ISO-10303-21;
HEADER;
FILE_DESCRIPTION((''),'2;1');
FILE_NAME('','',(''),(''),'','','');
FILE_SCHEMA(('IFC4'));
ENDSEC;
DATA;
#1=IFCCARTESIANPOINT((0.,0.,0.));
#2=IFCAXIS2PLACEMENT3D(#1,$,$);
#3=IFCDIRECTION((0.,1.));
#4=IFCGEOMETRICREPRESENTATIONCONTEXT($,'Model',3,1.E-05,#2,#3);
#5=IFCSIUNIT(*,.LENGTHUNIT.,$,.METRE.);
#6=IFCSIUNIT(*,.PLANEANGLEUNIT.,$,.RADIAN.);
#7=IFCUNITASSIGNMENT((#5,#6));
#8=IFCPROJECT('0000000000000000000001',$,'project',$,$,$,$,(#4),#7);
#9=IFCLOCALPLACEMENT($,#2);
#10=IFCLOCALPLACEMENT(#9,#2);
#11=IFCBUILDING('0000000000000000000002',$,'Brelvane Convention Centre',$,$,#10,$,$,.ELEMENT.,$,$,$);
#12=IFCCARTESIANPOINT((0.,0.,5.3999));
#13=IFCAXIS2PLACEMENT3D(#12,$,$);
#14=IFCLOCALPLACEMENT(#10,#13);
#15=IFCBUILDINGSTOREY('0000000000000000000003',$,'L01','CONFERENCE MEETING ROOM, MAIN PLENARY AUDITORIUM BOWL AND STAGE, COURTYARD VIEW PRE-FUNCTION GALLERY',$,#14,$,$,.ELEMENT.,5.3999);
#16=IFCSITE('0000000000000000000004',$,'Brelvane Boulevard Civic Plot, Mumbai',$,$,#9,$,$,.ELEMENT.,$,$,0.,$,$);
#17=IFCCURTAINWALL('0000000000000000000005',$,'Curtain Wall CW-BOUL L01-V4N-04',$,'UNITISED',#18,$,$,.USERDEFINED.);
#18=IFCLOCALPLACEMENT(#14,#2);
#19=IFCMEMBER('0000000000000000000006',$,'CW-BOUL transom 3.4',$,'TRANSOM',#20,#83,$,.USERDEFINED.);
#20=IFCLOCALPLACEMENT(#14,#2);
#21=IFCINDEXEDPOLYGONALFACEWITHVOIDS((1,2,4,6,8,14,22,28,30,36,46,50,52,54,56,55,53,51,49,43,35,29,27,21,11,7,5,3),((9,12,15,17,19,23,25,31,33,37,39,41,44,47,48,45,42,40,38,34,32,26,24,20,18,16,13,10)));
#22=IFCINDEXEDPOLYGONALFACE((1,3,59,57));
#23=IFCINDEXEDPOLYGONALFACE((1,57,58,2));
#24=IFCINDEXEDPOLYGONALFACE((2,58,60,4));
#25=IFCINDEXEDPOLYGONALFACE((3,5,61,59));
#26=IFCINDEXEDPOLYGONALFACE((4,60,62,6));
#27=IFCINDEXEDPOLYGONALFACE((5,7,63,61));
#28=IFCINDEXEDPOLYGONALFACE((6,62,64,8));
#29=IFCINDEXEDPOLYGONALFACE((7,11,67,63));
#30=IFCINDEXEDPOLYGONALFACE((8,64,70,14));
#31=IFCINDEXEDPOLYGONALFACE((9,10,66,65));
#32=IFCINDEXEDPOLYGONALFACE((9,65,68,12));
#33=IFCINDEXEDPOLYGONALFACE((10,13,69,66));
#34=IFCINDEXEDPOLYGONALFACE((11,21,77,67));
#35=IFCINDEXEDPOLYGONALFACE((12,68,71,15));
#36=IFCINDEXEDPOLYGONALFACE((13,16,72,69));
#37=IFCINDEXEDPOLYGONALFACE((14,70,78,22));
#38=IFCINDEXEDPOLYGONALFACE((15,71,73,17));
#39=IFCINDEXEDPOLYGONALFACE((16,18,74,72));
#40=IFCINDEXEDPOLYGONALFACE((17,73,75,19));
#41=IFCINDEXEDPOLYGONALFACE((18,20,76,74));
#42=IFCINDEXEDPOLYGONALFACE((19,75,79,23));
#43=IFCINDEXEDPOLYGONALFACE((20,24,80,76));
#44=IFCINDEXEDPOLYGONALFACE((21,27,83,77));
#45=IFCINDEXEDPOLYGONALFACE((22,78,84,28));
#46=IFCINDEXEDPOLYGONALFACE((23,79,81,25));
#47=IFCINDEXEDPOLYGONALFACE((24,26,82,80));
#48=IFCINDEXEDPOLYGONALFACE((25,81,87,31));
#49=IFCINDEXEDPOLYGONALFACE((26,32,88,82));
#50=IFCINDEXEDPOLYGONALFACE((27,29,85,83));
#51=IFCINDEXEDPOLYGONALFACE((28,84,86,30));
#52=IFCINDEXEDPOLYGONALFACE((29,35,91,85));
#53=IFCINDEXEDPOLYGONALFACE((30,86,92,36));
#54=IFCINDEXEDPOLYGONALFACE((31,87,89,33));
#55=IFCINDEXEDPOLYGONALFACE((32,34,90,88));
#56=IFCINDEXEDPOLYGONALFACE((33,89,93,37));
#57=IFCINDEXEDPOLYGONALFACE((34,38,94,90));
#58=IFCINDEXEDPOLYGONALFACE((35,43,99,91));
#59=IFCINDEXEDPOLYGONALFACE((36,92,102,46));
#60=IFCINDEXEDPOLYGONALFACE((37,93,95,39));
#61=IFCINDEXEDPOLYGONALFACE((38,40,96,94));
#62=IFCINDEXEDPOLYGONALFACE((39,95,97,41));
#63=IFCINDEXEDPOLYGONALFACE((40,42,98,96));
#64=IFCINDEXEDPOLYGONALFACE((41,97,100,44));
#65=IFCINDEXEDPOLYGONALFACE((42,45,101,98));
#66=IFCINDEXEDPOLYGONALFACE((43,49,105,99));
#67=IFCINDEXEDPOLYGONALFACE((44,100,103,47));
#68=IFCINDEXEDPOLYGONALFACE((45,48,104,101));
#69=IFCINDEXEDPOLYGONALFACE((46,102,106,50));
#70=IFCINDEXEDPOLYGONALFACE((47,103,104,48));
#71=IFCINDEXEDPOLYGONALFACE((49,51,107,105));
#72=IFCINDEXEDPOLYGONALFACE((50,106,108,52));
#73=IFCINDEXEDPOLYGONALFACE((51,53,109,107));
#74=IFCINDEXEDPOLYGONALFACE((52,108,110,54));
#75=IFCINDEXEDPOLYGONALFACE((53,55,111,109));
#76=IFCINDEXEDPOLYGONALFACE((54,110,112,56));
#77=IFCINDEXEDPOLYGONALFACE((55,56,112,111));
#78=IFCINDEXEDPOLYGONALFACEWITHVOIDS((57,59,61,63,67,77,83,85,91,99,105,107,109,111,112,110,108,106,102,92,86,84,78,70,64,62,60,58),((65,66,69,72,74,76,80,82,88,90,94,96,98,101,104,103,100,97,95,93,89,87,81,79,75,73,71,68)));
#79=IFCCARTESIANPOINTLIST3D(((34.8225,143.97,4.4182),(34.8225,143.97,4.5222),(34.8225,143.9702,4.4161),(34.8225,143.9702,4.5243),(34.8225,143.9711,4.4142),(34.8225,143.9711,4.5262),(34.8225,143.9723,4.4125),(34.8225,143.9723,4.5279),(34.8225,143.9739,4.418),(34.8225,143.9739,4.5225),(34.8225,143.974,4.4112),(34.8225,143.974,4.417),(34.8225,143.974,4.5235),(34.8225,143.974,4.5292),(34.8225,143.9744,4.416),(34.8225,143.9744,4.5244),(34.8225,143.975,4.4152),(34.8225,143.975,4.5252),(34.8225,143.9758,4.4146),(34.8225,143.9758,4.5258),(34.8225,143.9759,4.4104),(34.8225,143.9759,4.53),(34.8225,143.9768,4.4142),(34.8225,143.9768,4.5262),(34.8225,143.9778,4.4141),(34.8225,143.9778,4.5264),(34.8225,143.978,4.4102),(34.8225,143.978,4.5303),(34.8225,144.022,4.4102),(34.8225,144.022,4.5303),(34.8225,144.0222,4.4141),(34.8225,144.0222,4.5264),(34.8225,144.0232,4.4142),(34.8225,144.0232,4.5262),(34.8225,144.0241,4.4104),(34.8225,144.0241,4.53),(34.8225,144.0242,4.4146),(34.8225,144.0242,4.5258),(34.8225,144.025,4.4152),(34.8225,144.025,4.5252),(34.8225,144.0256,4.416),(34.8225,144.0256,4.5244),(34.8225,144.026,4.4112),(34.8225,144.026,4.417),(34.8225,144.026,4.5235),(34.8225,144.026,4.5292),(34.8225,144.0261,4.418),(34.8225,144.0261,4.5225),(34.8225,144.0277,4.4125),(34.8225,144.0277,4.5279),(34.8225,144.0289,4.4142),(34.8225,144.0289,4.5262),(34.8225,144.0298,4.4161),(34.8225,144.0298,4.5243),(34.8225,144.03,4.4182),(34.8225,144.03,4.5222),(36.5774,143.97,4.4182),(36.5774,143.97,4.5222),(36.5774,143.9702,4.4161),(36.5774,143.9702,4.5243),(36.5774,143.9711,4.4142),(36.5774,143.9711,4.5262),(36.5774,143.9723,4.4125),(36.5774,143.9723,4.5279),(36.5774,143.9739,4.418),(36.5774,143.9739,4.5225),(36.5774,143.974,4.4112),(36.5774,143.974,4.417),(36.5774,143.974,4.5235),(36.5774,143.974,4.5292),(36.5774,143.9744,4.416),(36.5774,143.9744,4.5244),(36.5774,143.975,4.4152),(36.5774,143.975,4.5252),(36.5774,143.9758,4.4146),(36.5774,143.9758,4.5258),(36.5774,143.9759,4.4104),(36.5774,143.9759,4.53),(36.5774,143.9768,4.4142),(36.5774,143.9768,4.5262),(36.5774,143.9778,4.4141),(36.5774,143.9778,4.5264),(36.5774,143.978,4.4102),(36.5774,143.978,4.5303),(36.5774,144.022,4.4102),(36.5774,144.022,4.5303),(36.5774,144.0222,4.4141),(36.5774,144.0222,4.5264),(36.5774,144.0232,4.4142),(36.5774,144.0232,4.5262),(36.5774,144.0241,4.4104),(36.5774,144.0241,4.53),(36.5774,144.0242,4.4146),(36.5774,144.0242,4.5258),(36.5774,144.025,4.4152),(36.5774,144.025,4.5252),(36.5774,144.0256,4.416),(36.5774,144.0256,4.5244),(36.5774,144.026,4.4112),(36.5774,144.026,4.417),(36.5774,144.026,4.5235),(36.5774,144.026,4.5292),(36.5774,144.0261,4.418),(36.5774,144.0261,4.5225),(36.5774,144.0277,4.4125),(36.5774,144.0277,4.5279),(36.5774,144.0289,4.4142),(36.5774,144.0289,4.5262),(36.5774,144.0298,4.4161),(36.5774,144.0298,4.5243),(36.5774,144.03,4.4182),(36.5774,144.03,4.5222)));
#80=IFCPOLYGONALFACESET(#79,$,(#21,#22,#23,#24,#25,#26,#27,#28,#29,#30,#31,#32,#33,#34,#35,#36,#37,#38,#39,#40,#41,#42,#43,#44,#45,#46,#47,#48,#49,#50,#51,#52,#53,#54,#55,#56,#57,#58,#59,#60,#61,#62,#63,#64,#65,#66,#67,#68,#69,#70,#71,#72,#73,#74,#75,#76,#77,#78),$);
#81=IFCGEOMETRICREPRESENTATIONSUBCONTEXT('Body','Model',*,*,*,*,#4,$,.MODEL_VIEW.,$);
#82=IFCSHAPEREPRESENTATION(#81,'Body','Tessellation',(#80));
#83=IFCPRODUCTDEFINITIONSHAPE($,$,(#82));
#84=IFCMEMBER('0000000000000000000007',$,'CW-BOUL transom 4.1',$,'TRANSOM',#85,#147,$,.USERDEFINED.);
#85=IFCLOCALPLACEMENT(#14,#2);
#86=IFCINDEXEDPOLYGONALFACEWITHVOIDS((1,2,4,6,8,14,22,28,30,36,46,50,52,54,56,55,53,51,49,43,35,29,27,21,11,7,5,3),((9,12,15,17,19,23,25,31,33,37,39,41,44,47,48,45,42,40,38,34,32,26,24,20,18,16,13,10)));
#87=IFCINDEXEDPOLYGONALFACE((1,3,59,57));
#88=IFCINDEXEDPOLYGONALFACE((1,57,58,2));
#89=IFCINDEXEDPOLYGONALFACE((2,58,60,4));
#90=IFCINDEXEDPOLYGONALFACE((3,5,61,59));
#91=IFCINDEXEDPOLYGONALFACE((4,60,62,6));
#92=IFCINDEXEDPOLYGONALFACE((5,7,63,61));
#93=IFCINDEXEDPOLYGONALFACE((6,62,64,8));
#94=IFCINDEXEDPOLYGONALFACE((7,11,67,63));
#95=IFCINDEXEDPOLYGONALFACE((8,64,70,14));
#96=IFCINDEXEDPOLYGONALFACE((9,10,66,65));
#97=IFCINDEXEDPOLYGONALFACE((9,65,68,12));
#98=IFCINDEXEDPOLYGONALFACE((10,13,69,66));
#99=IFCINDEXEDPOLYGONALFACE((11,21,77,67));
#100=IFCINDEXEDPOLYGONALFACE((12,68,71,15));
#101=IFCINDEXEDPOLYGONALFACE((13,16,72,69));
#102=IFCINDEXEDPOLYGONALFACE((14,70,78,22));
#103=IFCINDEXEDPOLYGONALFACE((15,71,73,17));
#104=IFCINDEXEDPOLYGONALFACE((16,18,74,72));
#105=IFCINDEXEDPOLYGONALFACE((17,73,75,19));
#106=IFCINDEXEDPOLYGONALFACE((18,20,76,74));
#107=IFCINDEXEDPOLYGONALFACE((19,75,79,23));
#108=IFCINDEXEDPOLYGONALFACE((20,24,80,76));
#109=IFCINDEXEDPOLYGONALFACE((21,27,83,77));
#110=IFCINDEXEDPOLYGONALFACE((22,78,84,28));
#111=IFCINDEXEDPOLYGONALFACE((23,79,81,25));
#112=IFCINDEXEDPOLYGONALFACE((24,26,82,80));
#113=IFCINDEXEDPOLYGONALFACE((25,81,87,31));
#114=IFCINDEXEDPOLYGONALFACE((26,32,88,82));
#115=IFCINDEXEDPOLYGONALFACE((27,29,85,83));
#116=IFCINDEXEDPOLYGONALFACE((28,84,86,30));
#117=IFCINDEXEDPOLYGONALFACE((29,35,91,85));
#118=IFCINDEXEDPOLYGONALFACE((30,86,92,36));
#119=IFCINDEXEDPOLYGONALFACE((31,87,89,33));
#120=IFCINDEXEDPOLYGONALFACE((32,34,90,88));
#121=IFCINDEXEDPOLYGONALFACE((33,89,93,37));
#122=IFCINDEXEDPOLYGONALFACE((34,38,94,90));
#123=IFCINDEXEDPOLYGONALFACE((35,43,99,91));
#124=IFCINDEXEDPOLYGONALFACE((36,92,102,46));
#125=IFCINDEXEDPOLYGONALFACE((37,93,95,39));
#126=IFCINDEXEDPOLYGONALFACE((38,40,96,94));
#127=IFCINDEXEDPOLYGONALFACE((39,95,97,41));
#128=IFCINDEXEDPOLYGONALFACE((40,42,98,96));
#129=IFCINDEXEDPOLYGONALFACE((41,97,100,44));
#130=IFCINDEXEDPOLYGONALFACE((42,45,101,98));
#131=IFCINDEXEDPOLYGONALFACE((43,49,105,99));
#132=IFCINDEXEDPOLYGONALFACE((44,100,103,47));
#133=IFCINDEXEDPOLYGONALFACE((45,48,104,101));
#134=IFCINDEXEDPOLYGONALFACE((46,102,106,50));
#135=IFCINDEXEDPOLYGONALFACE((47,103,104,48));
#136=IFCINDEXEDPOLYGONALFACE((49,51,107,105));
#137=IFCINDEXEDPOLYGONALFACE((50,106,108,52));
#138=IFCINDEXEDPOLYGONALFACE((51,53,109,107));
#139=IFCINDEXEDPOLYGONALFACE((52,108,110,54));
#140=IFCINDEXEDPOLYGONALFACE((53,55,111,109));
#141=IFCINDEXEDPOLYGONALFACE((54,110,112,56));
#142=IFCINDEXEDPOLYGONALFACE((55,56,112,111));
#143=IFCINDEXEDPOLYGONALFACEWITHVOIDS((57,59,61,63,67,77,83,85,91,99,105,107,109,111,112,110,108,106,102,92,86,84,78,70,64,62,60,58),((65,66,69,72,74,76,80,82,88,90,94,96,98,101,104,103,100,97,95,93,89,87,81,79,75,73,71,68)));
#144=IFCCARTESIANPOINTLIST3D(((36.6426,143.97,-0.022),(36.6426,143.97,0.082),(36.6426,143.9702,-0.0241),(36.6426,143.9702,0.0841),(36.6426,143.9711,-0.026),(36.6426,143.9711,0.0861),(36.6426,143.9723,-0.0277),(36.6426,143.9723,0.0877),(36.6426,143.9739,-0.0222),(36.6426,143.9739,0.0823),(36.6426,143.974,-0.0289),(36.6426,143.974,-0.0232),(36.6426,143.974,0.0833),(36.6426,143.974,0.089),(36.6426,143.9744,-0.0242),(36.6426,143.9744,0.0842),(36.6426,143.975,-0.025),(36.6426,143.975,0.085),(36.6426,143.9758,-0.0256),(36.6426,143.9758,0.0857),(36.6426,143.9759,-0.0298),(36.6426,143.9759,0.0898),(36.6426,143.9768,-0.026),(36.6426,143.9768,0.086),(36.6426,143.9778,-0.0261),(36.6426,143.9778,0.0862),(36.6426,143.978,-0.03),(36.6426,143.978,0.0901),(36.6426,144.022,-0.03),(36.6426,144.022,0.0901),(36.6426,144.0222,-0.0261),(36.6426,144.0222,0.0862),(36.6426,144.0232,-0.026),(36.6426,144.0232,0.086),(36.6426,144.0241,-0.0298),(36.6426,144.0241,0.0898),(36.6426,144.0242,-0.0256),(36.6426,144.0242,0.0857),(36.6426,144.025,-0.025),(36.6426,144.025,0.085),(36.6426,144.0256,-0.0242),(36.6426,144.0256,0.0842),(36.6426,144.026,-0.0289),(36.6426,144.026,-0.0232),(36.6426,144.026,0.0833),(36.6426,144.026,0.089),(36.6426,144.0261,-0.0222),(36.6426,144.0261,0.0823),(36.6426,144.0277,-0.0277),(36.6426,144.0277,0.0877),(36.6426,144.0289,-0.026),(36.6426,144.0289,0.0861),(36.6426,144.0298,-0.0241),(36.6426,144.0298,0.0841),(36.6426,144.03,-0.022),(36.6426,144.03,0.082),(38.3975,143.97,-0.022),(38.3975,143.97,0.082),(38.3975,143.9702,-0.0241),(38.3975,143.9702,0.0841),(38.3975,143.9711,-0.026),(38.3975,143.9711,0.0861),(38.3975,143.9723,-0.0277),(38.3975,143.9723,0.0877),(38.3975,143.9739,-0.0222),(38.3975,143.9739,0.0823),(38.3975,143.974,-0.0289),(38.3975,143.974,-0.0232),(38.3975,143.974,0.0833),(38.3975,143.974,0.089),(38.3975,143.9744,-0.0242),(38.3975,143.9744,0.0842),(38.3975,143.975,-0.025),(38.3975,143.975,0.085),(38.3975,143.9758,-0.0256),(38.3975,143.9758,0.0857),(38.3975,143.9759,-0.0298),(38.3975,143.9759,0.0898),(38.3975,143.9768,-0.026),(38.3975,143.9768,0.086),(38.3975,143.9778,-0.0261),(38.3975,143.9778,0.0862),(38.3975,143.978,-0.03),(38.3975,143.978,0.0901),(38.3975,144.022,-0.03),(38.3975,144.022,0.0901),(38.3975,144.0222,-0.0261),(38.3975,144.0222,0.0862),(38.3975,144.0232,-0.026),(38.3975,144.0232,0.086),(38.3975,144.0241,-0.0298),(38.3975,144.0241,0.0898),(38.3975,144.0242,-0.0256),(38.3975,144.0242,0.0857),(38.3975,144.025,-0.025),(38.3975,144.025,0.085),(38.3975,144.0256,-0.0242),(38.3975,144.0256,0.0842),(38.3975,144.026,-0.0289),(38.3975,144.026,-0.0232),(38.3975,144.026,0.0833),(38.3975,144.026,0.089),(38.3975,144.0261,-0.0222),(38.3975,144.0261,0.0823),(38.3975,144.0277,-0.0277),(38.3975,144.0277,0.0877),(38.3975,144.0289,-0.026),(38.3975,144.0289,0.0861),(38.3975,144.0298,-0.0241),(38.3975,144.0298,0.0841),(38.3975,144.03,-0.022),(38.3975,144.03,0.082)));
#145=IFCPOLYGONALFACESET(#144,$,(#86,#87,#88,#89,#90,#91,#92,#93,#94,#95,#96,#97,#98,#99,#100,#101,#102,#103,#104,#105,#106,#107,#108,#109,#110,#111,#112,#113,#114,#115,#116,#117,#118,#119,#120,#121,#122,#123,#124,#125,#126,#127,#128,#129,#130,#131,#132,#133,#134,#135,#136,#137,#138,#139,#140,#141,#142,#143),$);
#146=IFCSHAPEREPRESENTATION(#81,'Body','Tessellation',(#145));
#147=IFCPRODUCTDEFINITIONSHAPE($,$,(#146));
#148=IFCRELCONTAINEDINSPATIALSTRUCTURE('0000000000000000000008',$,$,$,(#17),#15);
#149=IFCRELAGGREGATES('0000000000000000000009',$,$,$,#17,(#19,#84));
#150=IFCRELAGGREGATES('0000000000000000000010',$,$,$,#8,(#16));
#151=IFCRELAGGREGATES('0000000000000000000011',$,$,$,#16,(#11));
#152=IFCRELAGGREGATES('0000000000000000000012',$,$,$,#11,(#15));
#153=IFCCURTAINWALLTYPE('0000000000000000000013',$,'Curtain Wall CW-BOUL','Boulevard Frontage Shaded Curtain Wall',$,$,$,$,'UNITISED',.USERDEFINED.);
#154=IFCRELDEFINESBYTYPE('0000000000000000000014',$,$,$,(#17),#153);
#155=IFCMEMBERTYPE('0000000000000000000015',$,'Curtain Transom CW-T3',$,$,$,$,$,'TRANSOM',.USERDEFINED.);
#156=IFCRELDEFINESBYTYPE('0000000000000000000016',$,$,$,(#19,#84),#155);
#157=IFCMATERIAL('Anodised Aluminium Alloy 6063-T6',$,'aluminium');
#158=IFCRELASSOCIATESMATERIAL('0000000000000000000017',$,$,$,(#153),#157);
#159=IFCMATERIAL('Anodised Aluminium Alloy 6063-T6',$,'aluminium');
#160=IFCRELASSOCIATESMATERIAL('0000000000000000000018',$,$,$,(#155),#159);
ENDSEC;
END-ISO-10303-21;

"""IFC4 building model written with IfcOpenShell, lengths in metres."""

from ifc_helpers import new_model, si_unit, direction, frame, origin, origin_2d, place, context, subcontext, project, spatial, hollow_rectangle, extrude, material, material_profile, profile_set, type_object, element, aggregate, save


model = new_model("IFC4")

# Units and contexts
model_context = context("Model", 3, precision=1e-05, world=origin(), true_north=direction((0.0, 1.0)))
body_context = subcontext(model_context, "Body", "Model", "MODEL_VIEW")
ifc_project = project(units=[si_unit("LENGTHUNIT", "METRE"), si_unit("PLANEANGLEUNIT", "RADIAN")], contexts=[model_context])

# Site, building, storey
site_placement = place(None, origin())
site = spatial("IfcSite", under=ifc_project, at=site_placement, Name="Brelvane Boulevard Civic Plot, Mumbai", CompositionType="ELEMENT", RefElevation=0.0)
building_placement = place(site_placement, origin())
building = spatial("IfcBuilding", under=site, at=building_placement, Name="Brelvane Convention Centre", CompositionType="ELEMENT")
storey_placement = place(building_placement, frame((0.0, 0.0, 5.3999)))
storey = spatial("IfcBuildingStorey", under=building, at=storey_placement, Name="L01", Description="CONFERENCE MEETING ROOM, MAIN PLENARY AUDITORIUM BOWL AND STAGE, COURTYARD VIEW PRE-FUNCTION GALLERY", CompositionType="ELEMENT", Elevation=5.3999)

# Curtain wall, members
ifc_material_1 = material(Name="Anodised Aluminium Alloy 6063-T6", Category="aluminium")
curtain_wall_type = type_object("IfcCurtainWallType", Name="Curtain Wall CW-BOUL", Description="Boulevard Frontage Shaded Curtain Wall", ElementType="UNITISED", PredefinedType="USERDEFINED", material=ifc_material_1)
curtain_wall_placement = place(storey_placement, origin())
curtain_wall = element("IfcCurtainWall", 1, at=curtain_wall_placement, inside=storey, type_object=curtain_wall_type, Name="Curtain Wall CW-BOUL L01-V4N-04", ObjectType="UNITISED", PredefinedType="USERDEFINED")
ifc_material_2 = material(Name="Anodised Aluminium Alloy 6063-T6", Category="aluminium")
ifc_material_profile_1 = material_profile(ifc_material_2, hollow_rectangle(XDim=0.0601, YDim=0.1201, WallThickness=0.0039, InnerFilletRadius=0.0039, OuterFilletRadius=0.0081, at=origin_2d()), Name="ALU-T 120x60x4.0")
ifc_profile_set_1 = profile_set([ifc_material_profile_1], Name="Anodised Aluminium Alloy 6063-T6")
member_type_1 = type_object("IfcMemberType", Name="Curtain Transom CW-T3", ElementType="TRANSOM", PredefinedType="USERDEFINED", material=ifc_profile_set_1)
member_1_placement = place(storey_placement, frame((34.8225, 144.0, 4.4702), z_axis=(1.0, 0.0, 0.0), x_axis=(0.0, 1.0, 0.0)))
member_1 = element("IfcMember", 2, at=member_1_placement, type_object=member_type_1, Name="CW-BOUL transom 3.4", ObjectType="TRANSOM", PredefinedType="USERDEFINED", context=body_context, shape_type="SweptSolid", body=[
    extrude(hollow_rectangle(XDim=0.0601, YDim=0.1201, WallThickness=0.0039, InnerFilletRadius=0.0039, OuterFilletRadius=0.0081, at=origin_2d()), origin(), (0.0, 0.0, 1.0), 1.7549),
])
member_2_placement = place(storey_placement, frame((36.6426, 144.0, 0.03), z_axis=(1.0, 0.0, 0.0), x_axis=(0.0, 1.0, 0.0)))
member_2 = element("IfcMember", 3, at=member_2_placement, type_object=member_type_1, Name="CW-BOUL transom 4.1", ObjectType="TRANSOM", PredefinedType="USERDEFINED", context=body_context, shape_type="SweptSolid", body=[
    extrude(hollow_rectangle(XDim=0.0601, YDim=0.1201, WallThickness=0.0039, InnerFilletRadius=0.0039, OuterFilletRadius=0.0081, at=origin_2d()), origin(), (0.0, 0.0, 1.0), 1.7549),
])

aggregate(curtain_wall, [member_1, member_2])

save(model, "model.ifc")
